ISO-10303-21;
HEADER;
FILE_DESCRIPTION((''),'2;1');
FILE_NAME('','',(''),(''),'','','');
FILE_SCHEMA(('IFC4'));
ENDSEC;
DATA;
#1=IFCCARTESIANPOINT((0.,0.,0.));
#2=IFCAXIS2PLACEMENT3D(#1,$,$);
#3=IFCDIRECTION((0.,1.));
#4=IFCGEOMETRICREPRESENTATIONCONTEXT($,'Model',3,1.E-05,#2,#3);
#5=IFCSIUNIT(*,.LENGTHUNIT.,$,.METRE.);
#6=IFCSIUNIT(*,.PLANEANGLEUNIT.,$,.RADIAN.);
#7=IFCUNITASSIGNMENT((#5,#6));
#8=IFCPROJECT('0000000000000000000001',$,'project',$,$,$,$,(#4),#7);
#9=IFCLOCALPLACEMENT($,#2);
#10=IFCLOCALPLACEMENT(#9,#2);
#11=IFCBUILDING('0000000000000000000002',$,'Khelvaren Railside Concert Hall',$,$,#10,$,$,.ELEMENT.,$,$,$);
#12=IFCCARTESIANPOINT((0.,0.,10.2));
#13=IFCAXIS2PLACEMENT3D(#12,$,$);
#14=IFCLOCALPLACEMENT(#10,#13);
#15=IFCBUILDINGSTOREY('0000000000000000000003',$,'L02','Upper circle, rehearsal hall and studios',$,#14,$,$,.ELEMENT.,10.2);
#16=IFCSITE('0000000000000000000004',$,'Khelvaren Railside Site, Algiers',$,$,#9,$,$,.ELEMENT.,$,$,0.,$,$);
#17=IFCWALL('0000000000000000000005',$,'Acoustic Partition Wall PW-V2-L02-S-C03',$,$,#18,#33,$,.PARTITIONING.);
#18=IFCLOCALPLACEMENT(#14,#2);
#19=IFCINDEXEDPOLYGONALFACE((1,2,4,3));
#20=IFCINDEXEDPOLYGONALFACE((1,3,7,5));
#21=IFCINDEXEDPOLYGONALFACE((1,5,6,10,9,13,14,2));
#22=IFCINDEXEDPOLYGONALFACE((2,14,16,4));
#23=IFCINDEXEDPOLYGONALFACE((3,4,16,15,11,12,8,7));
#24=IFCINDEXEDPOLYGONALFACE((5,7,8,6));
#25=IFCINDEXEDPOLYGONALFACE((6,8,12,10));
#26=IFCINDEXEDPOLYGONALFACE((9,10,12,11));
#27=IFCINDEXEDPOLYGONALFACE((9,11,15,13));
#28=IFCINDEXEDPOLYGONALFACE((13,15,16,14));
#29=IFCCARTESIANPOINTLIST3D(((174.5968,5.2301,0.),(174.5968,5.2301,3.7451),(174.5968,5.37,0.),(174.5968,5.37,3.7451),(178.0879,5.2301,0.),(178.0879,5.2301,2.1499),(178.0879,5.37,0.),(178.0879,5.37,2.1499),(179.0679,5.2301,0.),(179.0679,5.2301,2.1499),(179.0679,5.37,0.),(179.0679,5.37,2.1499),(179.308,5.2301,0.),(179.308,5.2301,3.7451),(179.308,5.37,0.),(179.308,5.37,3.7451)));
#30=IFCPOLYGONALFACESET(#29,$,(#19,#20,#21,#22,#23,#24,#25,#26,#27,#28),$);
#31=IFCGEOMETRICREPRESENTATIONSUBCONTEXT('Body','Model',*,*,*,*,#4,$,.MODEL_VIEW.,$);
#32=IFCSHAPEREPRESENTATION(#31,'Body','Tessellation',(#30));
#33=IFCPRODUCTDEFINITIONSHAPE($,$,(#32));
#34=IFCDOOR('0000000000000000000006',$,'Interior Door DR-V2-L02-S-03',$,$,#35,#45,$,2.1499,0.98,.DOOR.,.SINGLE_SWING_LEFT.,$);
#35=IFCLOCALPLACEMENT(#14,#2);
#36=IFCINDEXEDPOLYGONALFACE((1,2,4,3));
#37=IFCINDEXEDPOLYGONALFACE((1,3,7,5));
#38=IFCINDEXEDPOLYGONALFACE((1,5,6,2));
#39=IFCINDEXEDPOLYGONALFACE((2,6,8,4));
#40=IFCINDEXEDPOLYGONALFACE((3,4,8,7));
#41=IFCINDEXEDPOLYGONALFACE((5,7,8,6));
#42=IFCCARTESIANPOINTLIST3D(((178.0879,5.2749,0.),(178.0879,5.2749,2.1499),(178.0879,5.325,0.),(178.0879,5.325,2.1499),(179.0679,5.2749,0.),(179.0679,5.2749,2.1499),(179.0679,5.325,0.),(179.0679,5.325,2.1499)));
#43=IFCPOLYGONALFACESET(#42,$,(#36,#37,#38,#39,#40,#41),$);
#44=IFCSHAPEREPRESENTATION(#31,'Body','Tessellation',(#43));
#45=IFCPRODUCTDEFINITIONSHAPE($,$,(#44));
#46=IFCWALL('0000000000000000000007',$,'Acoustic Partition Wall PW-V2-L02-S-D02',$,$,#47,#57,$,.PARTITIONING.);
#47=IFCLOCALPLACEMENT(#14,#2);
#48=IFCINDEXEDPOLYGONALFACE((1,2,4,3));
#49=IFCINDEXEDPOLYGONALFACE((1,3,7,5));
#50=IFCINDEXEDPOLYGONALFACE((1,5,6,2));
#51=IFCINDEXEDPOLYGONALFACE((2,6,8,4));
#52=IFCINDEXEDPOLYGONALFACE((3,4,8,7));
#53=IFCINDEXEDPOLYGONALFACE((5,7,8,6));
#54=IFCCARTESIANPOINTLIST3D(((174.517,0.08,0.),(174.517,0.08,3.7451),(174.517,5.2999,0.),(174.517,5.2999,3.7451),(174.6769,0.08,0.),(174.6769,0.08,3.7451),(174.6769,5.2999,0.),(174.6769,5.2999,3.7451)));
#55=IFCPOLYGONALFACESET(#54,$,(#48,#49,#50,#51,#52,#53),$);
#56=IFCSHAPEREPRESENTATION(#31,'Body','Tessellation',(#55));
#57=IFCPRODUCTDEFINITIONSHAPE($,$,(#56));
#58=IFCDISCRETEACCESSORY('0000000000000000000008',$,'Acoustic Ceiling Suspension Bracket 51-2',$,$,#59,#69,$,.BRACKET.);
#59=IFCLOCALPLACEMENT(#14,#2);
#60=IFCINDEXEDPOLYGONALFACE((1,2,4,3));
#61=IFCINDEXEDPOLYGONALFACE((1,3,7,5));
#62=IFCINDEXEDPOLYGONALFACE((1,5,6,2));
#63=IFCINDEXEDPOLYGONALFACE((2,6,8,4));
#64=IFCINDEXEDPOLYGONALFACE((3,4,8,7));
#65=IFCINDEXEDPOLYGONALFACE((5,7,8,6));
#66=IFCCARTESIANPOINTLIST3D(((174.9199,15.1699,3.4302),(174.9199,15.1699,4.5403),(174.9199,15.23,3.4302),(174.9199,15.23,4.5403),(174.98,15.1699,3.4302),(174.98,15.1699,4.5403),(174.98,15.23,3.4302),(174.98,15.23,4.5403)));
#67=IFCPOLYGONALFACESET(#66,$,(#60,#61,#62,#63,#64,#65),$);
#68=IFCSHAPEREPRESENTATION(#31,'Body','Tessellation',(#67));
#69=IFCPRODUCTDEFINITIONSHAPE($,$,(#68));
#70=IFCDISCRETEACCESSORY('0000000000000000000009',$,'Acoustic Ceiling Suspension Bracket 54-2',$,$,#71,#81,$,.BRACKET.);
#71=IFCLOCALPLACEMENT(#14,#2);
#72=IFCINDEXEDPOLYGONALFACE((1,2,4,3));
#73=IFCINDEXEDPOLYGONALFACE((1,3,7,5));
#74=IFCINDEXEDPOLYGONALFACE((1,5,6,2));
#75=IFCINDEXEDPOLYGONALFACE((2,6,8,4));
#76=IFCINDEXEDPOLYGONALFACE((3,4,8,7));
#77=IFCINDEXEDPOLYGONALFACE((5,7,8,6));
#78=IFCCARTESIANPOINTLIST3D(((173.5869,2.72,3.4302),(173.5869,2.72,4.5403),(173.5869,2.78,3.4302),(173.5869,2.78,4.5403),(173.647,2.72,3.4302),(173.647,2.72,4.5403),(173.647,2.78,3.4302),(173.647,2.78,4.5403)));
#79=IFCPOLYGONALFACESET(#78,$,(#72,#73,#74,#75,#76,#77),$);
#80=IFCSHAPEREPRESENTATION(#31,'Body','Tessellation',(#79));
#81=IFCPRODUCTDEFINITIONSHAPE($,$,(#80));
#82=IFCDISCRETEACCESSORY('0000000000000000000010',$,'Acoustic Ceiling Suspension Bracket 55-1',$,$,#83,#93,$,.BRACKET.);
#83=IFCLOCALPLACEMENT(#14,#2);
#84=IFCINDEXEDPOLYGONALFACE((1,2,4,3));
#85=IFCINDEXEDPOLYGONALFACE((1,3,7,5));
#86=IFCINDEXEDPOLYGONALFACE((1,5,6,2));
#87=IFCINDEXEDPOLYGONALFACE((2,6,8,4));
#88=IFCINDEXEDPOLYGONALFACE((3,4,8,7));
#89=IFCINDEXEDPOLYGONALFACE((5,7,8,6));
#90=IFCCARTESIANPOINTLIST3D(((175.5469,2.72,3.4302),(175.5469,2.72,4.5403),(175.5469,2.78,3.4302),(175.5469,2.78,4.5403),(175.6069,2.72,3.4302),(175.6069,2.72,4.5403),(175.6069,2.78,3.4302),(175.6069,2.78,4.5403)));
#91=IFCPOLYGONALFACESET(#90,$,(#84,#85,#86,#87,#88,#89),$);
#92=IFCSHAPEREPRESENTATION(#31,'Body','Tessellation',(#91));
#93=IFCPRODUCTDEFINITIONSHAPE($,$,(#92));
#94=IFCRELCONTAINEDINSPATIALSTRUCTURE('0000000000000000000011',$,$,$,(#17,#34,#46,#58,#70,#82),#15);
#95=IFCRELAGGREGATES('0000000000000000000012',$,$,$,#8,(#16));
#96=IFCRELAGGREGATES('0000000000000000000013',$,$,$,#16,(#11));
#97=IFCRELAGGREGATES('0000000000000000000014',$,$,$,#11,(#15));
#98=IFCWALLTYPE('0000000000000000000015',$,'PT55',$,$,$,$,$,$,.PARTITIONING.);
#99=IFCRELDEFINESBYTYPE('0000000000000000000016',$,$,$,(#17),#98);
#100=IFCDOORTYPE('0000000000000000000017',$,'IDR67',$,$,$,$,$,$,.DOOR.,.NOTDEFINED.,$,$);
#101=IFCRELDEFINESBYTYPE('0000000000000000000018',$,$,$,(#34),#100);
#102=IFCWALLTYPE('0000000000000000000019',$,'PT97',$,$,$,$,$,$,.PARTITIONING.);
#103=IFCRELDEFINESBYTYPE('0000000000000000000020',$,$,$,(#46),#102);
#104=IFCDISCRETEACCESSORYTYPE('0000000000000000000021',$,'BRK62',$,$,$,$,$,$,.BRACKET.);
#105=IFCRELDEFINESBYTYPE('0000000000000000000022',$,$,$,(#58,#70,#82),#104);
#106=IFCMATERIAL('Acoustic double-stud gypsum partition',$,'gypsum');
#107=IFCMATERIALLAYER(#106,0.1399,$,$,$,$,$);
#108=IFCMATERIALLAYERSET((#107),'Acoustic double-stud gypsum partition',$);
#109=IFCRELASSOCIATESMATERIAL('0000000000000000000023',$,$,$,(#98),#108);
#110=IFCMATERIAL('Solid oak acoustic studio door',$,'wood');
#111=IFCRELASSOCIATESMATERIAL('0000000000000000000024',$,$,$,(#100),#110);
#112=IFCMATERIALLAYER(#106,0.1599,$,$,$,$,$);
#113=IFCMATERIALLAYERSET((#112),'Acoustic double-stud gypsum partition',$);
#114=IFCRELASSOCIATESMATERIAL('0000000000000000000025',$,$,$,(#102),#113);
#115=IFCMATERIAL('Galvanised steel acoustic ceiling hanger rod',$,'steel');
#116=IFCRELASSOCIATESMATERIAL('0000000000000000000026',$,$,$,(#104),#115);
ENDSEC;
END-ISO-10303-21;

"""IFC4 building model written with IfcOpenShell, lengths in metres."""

from ifc_helpers import new_model, si_unit, direction, frame, frame_2d, origin, origin_2d, place, context, subcontext, project, spatial, rectangle, extrude, material, layer, layer_set, type_object, element, fill, save


model = new_model("IFC4")

# Units and contexts
model_context = context("Model", 3, precision=1e-05, world=origin(), true_north=direction((0.0, 1.0)))
body_context = subcontext(model_context, "Body", "Model", "MODEL_VIEW")
ifc_project = project(units=[si_unit("LENGTHUNIT", "METRE"), si_unit("PLANEANGLEUNIT", "RADIAN")], contexts=[model_context])

# Site, building, storey
site_placement = place(None, origin())
site = spatial("IfcSite", under=ifc_project, at=site_placement, Name="Khelvaren Railside Site, Algiers", CompositionType="ELEMENT", RefElevation=0.0)
building_placement = place(site_placement, origin())
building = spatial("IfcBuilding", under=site, at=building_placement, Name="Khelvaren Railside Concert Hall", CompositionType="ELEMENT")
storey_placement = place(building_placement, frame((0.0, 0.0, 10.2)))
storey = spatial("IfcBuildingStorey", under=building, at=storey_placement, Name="L02", Description="Upper circle, rehearsal hall and studios", CompositionType="ELEMENT", Elevation=10.2)

# Wall, opening, door
ifc_material_1 = material(Name="Acoustic double-stud gypsum partition", Category="gypsum")
ifc_layer_1 = layer(ifc_material_1, 0.1399)
ifc_layer_set_1 = layer_set([ifc_layer_1], Name="Acoustic double-stud gypsum partition")
wall_type_1 = type_object("IfcWallType", Name="PT55", PredefinedType="PARTITIONING", material=ifc_layer_set_1)
wall_1_placement = place(storey_placement, frame((174.5969, 5.3, 0.0), z_axis=(0.0, 0.0, 1.0), x_axis=(1.0, 0.0, 0.0)))
wall_1 = element("IfcWall", 1, at=wall_1_placement, inside=storey, type_object=wall_type_1, Name="Acoustic Partition Wall PW-V2-L02-S-C03", PredefinedType="PARTITIONING", context=body_context, shape_type="SweptSolid", body=[
    extrude(rectangle(XDim=4.7112, YDim=0.1399, at=frame_2d((2.3555, 0.0))), origin(), (0.0, 0.0, 1.0), 3.7451),
])
opening_placement = place(wall_1_placement, frame((3.491, 0.0, 0.0)))
opening = element("IfcOpeningElement", 2, at=opening_placement, cuts=wall_1, PredefinedType="OPENING", context=body_context, shape_type="SweptSolid", body=[
    extrude(rectangle(XDim=0.98, YDim=2.1499, at=frame_2d((0.49, 1.075))), frame((0.0, 0.0798, 0.0), z_axis=(0.0, -1.0, 0.0), x_axis=(1.0, 0.0, 0.0)), (0.0, 0.0, 1.0), 0.1599),
])
ifc_material_2 = material(Name="Solid oak acoustic studio door", Category="wood")
door_type = type_object("IfcDoorType", Name="IDR67", OperationType="NOTDEFINED", PredefinedType="DOOR", material=ifc_material_2)
door_placement = place(opening_placement, origin())
door = element("IfcDoor", 3, at=door_placement, inside=storey, type_object=door_type, Name="Interior Door DR-V2-L02-S-03", OperationType="SINGLE_SWING_LEFT", OverallHeight=2.1499, OverallWidth=0.98, PredefinedType="DOOR", context=body_context, shape_type="SweptSolid", body=[
    extrude(rectangle(XDim=0.98, YDim=2.1499, at=frame_2d((0.49, 1.075))), frame((0.0, 0.0249, 0.0), z_axis=(0.0, -1.0, 0.0), x_axis=(1.0, 0.0, 0.0)), (0.0, 0.0, 1.0), 0.05),
])
fill(opening, door)

# Wall
ifc_layer_2 = layer(ifc_material_1, 0.1599)
ifc_layer_set_2 = layer_set([ifc_layer_2], Name="Acoustic double-stud gypsum partition")
wall_type_2 = type_object("IfcWallType", Name="PT97", PredefinedType="PARTITIONING", material=ifc_layer_set_2)
wall_2_placement = place(storey_placement, frame((174.5969, 0.0801, 0.0), z_axis=(0.0, 0.0, 1.0), x_axis=(0.0, 1.0, 0.0)))
element("IfcWall", 4, at=wall_2_placement, inside=storey, type_object=wall_type_2, Name="Acoustic Partition Wall PW-V2-L02-S-D02", PredefinedType="PARTITIONING", context=body_context, shape_type="SweptSolid", body=[
    extrude(rectangle(XDim=5.22, YDim=0.1599, at=frame_2d((2.6099, 0.0))), origin(), (0.0, 0.0, 1.0), 3.7451),
])

# Discrete accessories
ifc_material_3 = material(Name="Galvanised steel acoustic ceiling hanger rod", Category="steel")
discrete_accessory_type = type_object("IfcDiscreteAccessoryType", Name="BRK62", PredefinedType="BRACKET", material=ifc_material_3)
for number, where, z_axis, x_axis, name in (
    (5, (174.95, 15.2, 3.4302), (0.0, 0.0, 1.0), (1.0, 0.0, 0.0), "Acoustic Ceiling Suspension Bracket 51-2"),
    (6, (173.6169, 2.75, 3.4302), (0.0, 0.0, 1.0), (1.0, 0.0, 0.0), "Acoustic Ceiling Suspension Bracket 54-2"),
    (7, (175.5769, 2.75, 3.4302), (0.0, 0.0, 1.0), (1.0, 0.0, 0.0), "Acoustic Ceiling Suspension Bracket 55-1"),
):
    element("IfcDiscreteAccessory", number, at=place(storey_placement, frame(where, z_axis=z_axis, x_axis=x_axis)), inside=storey, type_object=discrete_accessory_type, Name=name, PredefinedType="BRACKET", context=body_context, shape_type="SweptSolid", body=[
        extrude(rectangle(XDim=0.0601, YDim=0.0601, at=origin_2d()), origin(), (0.0, 0.0, 1.0), 1.1101),
    ])

save(model, "model.ifc")
